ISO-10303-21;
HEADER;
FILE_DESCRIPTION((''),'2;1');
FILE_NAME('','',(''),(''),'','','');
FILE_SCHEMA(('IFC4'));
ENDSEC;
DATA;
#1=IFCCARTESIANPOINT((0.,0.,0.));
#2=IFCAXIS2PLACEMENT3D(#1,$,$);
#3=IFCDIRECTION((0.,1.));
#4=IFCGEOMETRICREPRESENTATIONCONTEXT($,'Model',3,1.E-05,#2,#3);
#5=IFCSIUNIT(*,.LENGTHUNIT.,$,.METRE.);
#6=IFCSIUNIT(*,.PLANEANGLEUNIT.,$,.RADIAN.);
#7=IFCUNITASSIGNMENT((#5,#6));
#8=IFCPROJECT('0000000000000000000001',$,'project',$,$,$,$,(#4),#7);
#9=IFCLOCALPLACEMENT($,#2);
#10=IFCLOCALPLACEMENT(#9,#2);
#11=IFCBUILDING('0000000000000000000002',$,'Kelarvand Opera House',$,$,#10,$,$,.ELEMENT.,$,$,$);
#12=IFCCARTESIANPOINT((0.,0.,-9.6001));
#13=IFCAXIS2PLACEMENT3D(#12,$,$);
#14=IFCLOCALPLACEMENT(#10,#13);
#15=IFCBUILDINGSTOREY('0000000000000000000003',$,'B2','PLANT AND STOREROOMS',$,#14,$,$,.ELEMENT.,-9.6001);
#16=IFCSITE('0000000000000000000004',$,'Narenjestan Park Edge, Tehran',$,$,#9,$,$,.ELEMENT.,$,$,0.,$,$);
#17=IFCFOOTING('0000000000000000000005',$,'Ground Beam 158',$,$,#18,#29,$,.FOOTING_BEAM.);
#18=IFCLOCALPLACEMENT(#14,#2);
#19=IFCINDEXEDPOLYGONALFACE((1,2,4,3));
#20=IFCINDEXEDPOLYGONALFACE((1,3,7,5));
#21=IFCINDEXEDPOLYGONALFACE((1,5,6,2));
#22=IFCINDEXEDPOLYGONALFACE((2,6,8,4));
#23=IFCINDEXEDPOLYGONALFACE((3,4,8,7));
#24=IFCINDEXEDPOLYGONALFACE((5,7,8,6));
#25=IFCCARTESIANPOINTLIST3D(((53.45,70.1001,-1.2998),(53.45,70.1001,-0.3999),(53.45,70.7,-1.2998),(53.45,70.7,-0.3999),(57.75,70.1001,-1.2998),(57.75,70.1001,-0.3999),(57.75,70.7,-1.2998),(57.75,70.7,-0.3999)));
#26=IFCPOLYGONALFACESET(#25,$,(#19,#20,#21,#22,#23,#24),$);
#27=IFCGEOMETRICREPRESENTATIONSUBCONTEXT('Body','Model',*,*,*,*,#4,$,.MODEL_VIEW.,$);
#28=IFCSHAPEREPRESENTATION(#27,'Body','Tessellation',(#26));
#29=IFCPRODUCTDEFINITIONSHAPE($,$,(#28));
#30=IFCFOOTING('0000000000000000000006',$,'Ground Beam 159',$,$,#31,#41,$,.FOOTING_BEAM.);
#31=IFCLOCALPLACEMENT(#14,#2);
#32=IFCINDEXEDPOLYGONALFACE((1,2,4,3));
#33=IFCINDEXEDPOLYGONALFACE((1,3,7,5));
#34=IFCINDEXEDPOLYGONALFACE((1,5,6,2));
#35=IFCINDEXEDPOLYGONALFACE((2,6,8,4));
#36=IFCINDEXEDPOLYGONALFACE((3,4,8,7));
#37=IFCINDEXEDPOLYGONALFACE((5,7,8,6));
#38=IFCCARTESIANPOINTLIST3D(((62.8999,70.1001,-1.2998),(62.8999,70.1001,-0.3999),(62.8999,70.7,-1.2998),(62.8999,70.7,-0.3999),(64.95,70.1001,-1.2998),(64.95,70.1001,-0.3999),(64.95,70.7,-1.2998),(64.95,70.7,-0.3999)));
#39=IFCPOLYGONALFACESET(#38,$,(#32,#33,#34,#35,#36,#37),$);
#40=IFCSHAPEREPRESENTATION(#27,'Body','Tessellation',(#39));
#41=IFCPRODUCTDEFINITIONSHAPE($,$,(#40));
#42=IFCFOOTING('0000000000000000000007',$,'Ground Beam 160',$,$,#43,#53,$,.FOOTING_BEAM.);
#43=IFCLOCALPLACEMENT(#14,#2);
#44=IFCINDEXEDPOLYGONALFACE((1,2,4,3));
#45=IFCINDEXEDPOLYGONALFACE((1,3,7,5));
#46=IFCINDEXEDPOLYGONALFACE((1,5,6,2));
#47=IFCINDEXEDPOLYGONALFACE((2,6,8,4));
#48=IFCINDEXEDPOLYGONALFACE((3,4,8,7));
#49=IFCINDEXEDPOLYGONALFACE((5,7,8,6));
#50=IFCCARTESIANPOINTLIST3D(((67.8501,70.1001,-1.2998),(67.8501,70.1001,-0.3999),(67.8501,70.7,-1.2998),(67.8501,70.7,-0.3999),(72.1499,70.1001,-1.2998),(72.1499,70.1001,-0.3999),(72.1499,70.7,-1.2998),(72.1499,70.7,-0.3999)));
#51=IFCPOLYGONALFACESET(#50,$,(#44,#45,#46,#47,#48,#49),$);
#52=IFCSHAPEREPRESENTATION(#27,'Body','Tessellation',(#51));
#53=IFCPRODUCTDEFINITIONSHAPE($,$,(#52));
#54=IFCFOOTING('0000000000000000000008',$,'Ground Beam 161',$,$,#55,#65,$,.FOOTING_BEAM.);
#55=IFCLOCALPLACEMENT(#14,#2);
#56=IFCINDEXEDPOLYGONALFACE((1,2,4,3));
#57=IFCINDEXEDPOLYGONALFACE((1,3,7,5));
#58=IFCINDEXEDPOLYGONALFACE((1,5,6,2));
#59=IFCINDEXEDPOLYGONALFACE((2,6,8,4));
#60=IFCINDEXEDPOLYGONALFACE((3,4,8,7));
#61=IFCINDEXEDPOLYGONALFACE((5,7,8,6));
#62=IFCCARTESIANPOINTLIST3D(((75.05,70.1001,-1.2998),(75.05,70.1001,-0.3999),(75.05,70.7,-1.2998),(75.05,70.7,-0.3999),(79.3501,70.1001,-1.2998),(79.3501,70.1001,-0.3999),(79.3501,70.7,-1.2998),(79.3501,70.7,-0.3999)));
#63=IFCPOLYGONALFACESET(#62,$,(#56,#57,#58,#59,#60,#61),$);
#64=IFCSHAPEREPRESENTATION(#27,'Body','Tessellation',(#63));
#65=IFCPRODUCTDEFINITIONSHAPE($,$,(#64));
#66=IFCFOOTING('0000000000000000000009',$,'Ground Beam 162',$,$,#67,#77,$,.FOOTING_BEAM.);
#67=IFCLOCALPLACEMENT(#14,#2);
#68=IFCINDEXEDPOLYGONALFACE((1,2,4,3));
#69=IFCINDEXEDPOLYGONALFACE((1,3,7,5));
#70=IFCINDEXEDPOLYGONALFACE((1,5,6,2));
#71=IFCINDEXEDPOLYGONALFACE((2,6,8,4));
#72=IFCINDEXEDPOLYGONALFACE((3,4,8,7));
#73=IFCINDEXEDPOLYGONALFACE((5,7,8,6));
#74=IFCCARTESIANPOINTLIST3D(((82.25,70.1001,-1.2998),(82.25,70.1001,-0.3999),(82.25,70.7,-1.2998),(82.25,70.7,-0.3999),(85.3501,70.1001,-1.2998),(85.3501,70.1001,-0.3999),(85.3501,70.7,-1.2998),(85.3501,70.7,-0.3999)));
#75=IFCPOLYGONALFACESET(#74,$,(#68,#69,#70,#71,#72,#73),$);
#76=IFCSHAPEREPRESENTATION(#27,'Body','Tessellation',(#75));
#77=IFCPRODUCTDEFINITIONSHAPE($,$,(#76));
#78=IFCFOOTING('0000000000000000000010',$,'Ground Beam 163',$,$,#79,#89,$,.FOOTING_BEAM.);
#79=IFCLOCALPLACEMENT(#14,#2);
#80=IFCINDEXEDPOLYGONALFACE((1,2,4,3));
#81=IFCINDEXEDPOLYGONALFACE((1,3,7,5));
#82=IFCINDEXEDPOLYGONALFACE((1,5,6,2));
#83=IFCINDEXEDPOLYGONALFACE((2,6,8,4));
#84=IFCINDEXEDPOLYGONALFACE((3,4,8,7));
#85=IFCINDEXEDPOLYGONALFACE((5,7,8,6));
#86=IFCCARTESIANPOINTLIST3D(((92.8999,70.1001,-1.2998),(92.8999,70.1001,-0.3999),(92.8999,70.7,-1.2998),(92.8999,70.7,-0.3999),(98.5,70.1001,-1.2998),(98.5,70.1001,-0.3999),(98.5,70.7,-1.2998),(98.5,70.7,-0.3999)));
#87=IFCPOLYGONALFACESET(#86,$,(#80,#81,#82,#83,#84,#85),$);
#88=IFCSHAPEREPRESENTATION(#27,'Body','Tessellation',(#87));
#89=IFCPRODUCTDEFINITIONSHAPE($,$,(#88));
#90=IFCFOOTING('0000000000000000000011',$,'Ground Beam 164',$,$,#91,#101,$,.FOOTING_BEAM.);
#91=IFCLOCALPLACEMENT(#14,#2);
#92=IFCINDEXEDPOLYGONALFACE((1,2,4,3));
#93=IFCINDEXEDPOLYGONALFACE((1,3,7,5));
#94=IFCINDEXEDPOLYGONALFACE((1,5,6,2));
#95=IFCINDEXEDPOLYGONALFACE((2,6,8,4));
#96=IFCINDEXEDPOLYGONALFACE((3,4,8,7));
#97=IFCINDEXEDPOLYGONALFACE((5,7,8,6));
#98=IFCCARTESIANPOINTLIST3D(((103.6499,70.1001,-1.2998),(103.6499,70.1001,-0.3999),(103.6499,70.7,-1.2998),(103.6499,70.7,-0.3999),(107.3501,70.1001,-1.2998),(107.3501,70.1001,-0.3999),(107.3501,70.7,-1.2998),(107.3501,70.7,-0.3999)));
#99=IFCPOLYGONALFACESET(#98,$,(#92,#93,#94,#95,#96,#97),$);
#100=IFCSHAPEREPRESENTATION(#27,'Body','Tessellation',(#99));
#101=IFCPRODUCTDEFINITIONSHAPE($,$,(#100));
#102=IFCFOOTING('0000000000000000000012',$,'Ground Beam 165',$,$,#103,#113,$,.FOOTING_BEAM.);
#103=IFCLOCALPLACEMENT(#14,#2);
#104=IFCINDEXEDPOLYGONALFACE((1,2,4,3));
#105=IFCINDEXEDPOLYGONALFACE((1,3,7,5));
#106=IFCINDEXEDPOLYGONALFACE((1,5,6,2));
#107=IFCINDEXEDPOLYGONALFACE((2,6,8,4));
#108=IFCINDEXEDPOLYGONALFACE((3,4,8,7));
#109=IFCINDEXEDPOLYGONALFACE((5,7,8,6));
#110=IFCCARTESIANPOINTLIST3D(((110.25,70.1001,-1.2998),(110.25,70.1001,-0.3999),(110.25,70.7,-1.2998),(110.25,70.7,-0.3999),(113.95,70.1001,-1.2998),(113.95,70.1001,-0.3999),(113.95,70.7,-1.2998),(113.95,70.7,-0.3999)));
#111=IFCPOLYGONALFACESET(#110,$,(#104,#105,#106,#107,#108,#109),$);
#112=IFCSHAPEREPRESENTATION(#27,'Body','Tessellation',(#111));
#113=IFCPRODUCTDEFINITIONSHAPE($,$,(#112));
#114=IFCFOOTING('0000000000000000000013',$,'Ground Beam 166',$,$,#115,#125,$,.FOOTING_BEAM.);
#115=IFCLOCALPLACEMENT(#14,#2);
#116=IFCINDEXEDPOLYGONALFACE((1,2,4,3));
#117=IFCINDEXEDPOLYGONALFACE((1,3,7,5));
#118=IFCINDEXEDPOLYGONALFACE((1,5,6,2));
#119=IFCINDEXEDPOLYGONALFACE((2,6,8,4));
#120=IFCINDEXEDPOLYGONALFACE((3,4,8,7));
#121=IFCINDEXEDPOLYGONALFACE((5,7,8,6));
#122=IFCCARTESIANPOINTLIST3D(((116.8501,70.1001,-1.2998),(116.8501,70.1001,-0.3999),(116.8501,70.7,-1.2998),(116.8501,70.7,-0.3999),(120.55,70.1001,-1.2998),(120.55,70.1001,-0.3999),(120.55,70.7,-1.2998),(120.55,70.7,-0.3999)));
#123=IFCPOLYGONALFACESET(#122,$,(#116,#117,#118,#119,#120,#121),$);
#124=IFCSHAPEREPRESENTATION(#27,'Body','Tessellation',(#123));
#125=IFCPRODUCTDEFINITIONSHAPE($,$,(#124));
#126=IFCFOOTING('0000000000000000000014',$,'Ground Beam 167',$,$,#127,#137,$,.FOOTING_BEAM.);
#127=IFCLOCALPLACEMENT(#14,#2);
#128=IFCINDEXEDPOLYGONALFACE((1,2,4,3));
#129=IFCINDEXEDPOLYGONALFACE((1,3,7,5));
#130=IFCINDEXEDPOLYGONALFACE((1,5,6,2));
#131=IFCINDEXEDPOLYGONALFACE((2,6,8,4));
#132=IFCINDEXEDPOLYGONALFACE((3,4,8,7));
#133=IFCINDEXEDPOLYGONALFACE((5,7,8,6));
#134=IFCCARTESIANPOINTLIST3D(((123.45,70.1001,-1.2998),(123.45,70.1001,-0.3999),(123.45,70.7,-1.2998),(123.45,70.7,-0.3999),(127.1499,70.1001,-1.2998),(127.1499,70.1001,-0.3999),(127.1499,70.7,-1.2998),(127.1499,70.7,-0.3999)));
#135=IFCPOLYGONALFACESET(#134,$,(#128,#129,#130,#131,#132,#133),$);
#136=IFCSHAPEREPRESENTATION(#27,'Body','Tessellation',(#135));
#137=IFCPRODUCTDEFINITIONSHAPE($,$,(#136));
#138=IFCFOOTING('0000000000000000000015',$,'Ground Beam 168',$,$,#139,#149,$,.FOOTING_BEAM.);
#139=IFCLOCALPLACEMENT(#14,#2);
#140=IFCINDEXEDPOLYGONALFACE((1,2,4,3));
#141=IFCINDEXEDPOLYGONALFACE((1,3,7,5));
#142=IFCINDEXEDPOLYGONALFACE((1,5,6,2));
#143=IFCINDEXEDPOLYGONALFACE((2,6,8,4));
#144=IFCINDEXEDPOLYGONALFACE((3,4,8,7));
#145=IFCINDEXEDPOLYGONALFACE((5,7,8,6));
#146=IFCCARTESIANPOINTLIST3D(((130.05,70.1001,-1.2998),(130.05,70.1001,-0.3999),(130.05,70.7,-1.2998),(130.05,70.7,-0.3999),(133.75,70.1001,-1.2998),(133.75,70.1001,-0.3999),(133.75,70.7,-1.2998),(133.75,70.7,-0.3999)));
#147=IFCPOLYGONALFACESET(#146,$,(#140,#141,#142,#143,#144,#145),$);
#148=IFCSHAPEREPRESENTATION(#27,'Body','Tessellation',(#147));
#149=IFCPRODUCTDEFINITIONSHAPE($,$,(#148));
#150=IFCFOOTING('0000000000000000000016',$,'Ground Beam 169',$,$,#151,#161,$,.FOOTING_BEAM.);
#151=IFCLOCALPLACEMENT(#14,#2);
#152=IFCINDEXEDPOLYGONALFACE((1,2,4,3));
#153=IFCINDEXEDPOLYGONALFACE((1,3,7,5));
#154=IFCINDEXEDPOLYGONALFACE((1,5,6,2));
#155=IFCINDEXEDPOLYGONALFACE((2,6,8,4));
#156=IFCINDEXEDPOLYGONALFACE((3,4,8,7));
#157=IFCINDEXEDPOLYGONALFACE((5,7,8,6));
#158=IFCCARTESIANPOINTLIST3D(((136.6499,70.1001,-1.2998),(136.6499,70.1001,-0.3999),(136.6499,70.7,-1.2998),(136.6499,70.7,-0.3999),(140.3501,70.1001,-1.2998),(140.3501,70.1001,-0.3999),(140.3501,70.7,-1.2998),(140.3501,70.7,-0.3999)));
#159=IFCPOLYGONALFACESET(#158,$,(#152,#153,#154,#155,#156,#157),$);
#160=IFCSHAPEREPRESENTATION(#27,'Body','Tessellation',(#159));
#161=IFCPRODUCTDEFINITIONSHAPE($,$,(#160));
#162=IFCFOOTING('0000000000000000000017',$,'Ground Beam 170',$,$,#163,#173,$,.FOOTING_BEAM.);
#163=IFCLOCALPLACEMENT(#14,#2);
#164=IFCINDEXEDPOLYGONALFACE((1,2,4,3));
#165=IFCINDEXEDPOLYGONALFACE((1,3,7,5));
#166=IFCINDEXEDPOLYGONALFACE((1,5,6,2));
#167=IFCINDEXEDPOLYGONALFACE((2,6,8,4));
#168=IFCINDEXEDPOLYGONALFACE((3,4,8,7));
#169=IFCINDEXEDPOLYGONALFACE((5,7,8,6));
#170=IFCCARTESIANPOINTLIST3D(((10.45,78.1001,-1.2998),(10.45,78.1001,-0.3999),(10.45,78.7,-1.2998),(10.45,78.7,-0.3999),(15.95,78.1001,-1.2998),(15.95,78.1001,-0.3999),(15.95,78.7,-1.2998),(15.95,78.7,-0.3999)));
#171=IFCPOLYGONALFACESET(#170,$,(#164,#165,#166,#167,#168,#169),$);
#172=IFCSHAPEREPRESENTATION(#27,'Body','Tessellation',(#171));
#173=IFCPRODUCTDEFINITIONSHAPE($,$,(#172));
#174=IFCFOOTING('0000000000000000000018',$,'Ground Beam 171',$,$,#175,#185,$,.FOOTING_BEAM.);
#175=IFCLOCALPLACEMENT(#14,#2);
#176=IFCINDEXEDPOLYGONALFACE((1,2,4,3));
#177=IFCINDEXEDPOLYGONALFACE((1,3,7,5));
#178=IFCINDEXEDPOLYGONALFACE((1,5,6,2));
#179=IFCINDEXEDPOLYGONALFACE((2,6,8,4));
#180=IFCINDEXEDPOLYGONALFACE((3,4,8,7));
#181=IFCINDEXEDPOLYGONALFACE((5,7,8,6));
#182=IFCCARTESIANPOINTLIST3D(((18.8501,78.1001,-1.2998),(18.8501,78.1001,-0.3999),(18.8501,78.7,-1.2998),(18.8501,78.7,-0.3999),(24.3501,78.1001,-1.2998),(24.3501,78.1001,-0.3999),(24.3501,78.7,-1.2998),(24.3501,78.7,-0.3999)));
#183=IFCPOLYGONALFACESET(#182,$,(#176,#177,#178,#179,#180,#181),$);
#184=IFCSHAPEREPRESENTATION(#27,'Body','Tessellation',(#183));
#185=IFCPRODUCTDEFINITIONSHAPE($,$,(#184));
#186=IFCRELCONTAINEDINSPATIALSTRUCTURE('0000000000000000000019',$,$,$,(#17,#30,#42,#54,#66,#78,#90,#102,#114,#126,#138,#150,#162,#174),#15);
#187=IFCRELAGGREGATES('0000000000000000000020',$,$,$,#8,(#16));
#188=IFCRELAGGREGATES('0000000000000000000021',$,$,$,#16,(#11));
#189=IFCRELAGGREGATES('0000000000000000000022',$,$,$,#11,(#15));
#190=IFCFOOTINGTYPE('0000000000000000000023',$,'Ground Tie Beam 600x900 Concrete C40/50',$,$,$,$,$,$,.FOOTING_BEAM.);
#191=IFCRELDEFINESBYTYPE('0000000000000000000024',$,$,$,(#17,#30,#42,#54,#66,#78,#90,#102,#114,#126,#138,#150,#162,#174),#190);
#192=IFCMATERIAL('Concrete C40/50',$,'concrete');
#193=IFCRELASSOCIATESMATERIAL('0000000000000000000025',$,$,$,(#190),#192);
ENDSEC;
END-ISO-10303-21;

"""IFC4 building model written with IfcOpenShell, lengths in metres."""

from ifc_helpers import new_model, si_unit, direction, frame, origin, place, context, subcontext, project, spatial, polyline, outline, extrude, material, type_object, element, save


model = new_model("IFC4")

# Units and contexts
model_context = context("Model", 3, precision=1e-05, world=origin(), true_north=direction((0.0, 1.0)))
body_context = subcontext(model_context, "Body", "Model", "MODEL_VIEW")
ifc_project = project(units=[si_unit("LENGTHUNIT", "METRE"), si_unit("PLANEANGLEUNIT", "RADIAN")], contexts=[model_context])

# Site, building, storey
site_placement = place(None, origin())
site = spatial("IfcSite", under=ifc_project, at=site_placement, Name="Narenjestan Park Edge, Tehran", CompositionType="ELEMENT", RefElevation=0.0)
building_placement = place(site_placement, origin())
building = spatial("IfcBuilding", under=site, at=building_placement, Name="Kelarvand Opera House", CompositionType="ELEMENT")
storey_placement = place(building_placement, frame((0.0, 0.0, -9.6001)))
storey = spatial("IfcBuildingStorey", under=building, at=storey_placement, Name="B2", Description="PLANT AND STOREROOMS", CompositionType="ELEMENT", Elevation=-9.6001)

# Footings
ifc_material = material(Name="Concrete C40/50", Category="concrete")
footing_type = type_object("IfcFootingType", Name="Ground Tie Beam 600x900 Concrete C40/50", PredefinedType="FOOTING_BEAM", material=ifc_material)
footing_1_placement = place(storey_placement, frame((0.0, 0.0, -1.2998)))
element("IfcFooting", 1, at=footing_1_placement, inside=storey, type_object=footing_type, Name="Ground Beam 158", PredefinedType="FOOTING_BEAM", context=body_context, shape_type="SweptSolid", body=[
    extrude(outline(polyline([(53.45, 70.1001), (57.75, 70.1001), (57.75, 70.7), (53.45, 70.7), (53.45, 70.1001)])), origin(), (0.0, 0.0, 1.0), 0.8999),
])
footing_2_placement = place(storey_placement, frame((0.0, 0.0, -1.2998)))
element("IfcFooting", 2, at=footing_2_placement, inside=storey, type_object=footing_type, Name="Ground Beam 159", PredefinedType="FOOTING_BEAM", context=body_context, shape_type="SweptSolid", body=[
    extrude(outline(polyline([(62.8999, 70.1001), (64.95, 70.1001), (64.95, 70.7), (62.8999, 70.7), (62.8999, 70.1001)])), origin(), (0.0, 0.0, 1.0), 0.8999),
])
footing_3_placement = place(storey_placement, frame((0.0, 0.0, -1.2998)))
element("IfcFooting", 3, at=footing_3_placement, inside=storey, type_object=footing_type, Name="Ground Beam 160", PredefinedType="FOOTING_BEAM", context=body_context, shape_type="SweptSolid", body=[
    extrude(outline(polyline([(67.8501, 70.1001), (72.1499, 70.1001), (72.1499, 70.7), (67.8501, 70.7), (67.8501, 70.1001)])), origin(), (0.0, 0.0, 1.0), 0.8999),
])
footing_4_placement = place(storey_placement, frame((0.0, 0.0, -1.2998)))
element("IfcFooting", 4, at=footing_4_placement, inside=storey, type_object=footing_type, Name="Ground Beam 161", PredefinedType="FOOTING_BEAM", context=body_context, shape_type="SweptSolid", body=[
    extrude(outline(polyline([(75.05, 70.1001), (79.3501, 70.1001), (79.3501, 70.7), (75.05, 70.7), (75.05, 70.1001)])), origin(), (0.0, 0.0, 1.0), 0.8999),
])
footing_5_placement = place(storey_placement, frame((0.0, 0.0, -1.2998)))
element("IfcFooting", 5, at=footing_5_placement, inside=storey, type_object=footing_type, Name="Ground Beam 162", PredefinedType="FOOTING_BEAM", context=body_context, shape_type="SweptSolid", body=[
    extrude(outline(polyline([(82.25, 70.1001), (85.3501, 70.1001), (85.3501, 70.7), (82.25, 70.7), (82.25, 70.1001)])), origin(), (0.0, 0.0, 1.0), 0.8999),
])
footing_6_placement = place(storey_placement, frame((0.0, 0.0, -1.2998)))
element("IfcFooting", 6, at=footing_6_placement, inside=storey, type_object=footing_type, Name="Ground Beam 163", PredefinedType="FOOTING_BEAM", context=body_context, shape_type="SweptSolid", body=[
    extrude(outline(polyline([(92.8999, 70.1001), (98.5, 70.1001), (98.5, 70.7), (92.8999, 70.7), (92.8999, 70.1001)])), origin(), (0.0, 0.0, 1.0), 0.8999),
])
footing_7_placement = place(storey_placement, frame((0.0, 0.0, -1.2998)))
element("IfcFooting", 7, at=footing_7_placement, inside=storey, type_object=footing_type, Name="Ground Beam 164", PredefinedType="FOOTING_BEAM", context=body_context, shape_type="SweptSolid", body=[
    extrude(outline(polyline([(103.6499, 70.1001), (107.3501, 70.1001), (107.3501, 70.7), (103.6499, 70.7), (103.6499, 70.1001)])), origin(), (0.0, 0.0, 1.0), 0.8999),
])
footing_8_placement = place(storey_placement, frame((0.0, 0.0, -1.2998)))
element("IfcFooting", 8, at=footing_8_placement, inside=storey, type_object=footing_type, Name="Ground Beam 165", PredefinedType="FOOTING_BEAM", context=body_context, shape_type="SweptSolid", body=[
    extrude(outline(polyline([(110.25, 70.1001), (113.95, 70.1001), (113.95, 70.7), (110.25, 70.7), (110.25, 70.1001)])), origin(), (0.0, 0.0, 1.0), 0.8999),
])
footing_9_placement = place(storey_placement, frame((0.0, 0.0, -1.2998)))
element("IfcFooting", 9, at=footing_9_placement, inside=storey, type_object=footing_type, Name="Ground Beam 166", PredefinedType="FOOTING_BEAM", context=body_context, shape_type="SweptSolid", body=[
    extrude(outline(polyline([(116.8501, 70.1001), (120.55, 70.1001), (120.55, 70.7), (116.8501, 70.7), (116.8501, 70.1001)])), origin(), (0.0, 0.0, 1.0), 0.8999),
])
footing_10_placement = place(storey_placement, frame((0.0, 0.0, -1.2998)))
element("IfcFooting", 10, at=footing_10_placement, inside=storey, type_object=footing_type, Name="Ground Beam 167", PredefinedType="FOOTING_BEAM", context=body_context, shape_type="SweptSolid", body=[
    extrude(outline(polyline([(123.45, 70.1001), (127.1499, 70.1001), (127.1499, 70.7), (123.45, 70.7), (123.45, 70.1001)])), origin(), (0.0, 0.0, 1.0), 0.8999),
])
footing_11_placement = place(storey_placement, frame((0.0, 0.0, -1.2998)))
element("IfcFooting", 11, at=footing_11_placement, inside=storey, type_object=footing_type, Name="Ground Beam 168", PredefinedType="FOOTING_BEAM", context=body_context, shape_type="SweptSolid", body=[
    extrude(outline(polyline([(130.05, 70.1001), (133.75, 70.1001), (133.75, 70.7), (130.05, 70.7), (130.05, 70.1001)])), origin(), (0.0, 0.0, 1.0), 0.8999),
])
footing_12_placement = place(storey_placement, frame((0.0, 0.0, -1.2998)))
element("IfcFooting", 12, at=footing_12_placement, inside=storey, type_object=footing_type, Name="Ground Beam 169", PredefinedType="FOOTING_BEAM", context=body_context, shape_type="SweptSolid", body=[
    extrude(outline(polyline([(136.6499, 70.1001), (140.3501, 70.1001), (140.3501, 70.7), (136.6499, 70.7), (136.6499, 70.1001)])), origin(), (0.0, 0.0, 1.0), 0.8999),
])
footing_13_placement = place(storey_placement, frame((0.0, 0.0, -1.2998)))
element("IfcFooting", 13, at=footing_13_placement, inside=storey, type_object=footing_type, Name="Ground Beam 170", PredefinedType="FOOTING_BEAM", context=body_context, shape_type="SweptSolid", body=[
    extrude(outline(polyline([(10.45, 78.1001), (15.95, 78.1001), (15.95, 78.7), (10.45, 78.7), (10.45, 78.1001)])), origin(), (0.0, 0.0, 1.0), 0.8999),
])
footing_14_placement = place(storey_placement, frame((0.0, 0.0, -1.2998)))
element("IfcFooting", 14, at=footing_14_placement, inside=storey, type_object=footing_type, Name="Ground Beam 171", PredefinedType="FOOTING_BEAM", context=body_context, shape_type="SweptSolid", body=[
    extrude(outline(polyline([(18.8501, 78.1001), (24.3501, 78.1001), (24.3501, 78.7), (18.8501, 78.7), (18.8501, 78.1001)])), origin(), (0.0, 0.0, 1.0), 0.8999),
])

save(model, "model.ifc")
